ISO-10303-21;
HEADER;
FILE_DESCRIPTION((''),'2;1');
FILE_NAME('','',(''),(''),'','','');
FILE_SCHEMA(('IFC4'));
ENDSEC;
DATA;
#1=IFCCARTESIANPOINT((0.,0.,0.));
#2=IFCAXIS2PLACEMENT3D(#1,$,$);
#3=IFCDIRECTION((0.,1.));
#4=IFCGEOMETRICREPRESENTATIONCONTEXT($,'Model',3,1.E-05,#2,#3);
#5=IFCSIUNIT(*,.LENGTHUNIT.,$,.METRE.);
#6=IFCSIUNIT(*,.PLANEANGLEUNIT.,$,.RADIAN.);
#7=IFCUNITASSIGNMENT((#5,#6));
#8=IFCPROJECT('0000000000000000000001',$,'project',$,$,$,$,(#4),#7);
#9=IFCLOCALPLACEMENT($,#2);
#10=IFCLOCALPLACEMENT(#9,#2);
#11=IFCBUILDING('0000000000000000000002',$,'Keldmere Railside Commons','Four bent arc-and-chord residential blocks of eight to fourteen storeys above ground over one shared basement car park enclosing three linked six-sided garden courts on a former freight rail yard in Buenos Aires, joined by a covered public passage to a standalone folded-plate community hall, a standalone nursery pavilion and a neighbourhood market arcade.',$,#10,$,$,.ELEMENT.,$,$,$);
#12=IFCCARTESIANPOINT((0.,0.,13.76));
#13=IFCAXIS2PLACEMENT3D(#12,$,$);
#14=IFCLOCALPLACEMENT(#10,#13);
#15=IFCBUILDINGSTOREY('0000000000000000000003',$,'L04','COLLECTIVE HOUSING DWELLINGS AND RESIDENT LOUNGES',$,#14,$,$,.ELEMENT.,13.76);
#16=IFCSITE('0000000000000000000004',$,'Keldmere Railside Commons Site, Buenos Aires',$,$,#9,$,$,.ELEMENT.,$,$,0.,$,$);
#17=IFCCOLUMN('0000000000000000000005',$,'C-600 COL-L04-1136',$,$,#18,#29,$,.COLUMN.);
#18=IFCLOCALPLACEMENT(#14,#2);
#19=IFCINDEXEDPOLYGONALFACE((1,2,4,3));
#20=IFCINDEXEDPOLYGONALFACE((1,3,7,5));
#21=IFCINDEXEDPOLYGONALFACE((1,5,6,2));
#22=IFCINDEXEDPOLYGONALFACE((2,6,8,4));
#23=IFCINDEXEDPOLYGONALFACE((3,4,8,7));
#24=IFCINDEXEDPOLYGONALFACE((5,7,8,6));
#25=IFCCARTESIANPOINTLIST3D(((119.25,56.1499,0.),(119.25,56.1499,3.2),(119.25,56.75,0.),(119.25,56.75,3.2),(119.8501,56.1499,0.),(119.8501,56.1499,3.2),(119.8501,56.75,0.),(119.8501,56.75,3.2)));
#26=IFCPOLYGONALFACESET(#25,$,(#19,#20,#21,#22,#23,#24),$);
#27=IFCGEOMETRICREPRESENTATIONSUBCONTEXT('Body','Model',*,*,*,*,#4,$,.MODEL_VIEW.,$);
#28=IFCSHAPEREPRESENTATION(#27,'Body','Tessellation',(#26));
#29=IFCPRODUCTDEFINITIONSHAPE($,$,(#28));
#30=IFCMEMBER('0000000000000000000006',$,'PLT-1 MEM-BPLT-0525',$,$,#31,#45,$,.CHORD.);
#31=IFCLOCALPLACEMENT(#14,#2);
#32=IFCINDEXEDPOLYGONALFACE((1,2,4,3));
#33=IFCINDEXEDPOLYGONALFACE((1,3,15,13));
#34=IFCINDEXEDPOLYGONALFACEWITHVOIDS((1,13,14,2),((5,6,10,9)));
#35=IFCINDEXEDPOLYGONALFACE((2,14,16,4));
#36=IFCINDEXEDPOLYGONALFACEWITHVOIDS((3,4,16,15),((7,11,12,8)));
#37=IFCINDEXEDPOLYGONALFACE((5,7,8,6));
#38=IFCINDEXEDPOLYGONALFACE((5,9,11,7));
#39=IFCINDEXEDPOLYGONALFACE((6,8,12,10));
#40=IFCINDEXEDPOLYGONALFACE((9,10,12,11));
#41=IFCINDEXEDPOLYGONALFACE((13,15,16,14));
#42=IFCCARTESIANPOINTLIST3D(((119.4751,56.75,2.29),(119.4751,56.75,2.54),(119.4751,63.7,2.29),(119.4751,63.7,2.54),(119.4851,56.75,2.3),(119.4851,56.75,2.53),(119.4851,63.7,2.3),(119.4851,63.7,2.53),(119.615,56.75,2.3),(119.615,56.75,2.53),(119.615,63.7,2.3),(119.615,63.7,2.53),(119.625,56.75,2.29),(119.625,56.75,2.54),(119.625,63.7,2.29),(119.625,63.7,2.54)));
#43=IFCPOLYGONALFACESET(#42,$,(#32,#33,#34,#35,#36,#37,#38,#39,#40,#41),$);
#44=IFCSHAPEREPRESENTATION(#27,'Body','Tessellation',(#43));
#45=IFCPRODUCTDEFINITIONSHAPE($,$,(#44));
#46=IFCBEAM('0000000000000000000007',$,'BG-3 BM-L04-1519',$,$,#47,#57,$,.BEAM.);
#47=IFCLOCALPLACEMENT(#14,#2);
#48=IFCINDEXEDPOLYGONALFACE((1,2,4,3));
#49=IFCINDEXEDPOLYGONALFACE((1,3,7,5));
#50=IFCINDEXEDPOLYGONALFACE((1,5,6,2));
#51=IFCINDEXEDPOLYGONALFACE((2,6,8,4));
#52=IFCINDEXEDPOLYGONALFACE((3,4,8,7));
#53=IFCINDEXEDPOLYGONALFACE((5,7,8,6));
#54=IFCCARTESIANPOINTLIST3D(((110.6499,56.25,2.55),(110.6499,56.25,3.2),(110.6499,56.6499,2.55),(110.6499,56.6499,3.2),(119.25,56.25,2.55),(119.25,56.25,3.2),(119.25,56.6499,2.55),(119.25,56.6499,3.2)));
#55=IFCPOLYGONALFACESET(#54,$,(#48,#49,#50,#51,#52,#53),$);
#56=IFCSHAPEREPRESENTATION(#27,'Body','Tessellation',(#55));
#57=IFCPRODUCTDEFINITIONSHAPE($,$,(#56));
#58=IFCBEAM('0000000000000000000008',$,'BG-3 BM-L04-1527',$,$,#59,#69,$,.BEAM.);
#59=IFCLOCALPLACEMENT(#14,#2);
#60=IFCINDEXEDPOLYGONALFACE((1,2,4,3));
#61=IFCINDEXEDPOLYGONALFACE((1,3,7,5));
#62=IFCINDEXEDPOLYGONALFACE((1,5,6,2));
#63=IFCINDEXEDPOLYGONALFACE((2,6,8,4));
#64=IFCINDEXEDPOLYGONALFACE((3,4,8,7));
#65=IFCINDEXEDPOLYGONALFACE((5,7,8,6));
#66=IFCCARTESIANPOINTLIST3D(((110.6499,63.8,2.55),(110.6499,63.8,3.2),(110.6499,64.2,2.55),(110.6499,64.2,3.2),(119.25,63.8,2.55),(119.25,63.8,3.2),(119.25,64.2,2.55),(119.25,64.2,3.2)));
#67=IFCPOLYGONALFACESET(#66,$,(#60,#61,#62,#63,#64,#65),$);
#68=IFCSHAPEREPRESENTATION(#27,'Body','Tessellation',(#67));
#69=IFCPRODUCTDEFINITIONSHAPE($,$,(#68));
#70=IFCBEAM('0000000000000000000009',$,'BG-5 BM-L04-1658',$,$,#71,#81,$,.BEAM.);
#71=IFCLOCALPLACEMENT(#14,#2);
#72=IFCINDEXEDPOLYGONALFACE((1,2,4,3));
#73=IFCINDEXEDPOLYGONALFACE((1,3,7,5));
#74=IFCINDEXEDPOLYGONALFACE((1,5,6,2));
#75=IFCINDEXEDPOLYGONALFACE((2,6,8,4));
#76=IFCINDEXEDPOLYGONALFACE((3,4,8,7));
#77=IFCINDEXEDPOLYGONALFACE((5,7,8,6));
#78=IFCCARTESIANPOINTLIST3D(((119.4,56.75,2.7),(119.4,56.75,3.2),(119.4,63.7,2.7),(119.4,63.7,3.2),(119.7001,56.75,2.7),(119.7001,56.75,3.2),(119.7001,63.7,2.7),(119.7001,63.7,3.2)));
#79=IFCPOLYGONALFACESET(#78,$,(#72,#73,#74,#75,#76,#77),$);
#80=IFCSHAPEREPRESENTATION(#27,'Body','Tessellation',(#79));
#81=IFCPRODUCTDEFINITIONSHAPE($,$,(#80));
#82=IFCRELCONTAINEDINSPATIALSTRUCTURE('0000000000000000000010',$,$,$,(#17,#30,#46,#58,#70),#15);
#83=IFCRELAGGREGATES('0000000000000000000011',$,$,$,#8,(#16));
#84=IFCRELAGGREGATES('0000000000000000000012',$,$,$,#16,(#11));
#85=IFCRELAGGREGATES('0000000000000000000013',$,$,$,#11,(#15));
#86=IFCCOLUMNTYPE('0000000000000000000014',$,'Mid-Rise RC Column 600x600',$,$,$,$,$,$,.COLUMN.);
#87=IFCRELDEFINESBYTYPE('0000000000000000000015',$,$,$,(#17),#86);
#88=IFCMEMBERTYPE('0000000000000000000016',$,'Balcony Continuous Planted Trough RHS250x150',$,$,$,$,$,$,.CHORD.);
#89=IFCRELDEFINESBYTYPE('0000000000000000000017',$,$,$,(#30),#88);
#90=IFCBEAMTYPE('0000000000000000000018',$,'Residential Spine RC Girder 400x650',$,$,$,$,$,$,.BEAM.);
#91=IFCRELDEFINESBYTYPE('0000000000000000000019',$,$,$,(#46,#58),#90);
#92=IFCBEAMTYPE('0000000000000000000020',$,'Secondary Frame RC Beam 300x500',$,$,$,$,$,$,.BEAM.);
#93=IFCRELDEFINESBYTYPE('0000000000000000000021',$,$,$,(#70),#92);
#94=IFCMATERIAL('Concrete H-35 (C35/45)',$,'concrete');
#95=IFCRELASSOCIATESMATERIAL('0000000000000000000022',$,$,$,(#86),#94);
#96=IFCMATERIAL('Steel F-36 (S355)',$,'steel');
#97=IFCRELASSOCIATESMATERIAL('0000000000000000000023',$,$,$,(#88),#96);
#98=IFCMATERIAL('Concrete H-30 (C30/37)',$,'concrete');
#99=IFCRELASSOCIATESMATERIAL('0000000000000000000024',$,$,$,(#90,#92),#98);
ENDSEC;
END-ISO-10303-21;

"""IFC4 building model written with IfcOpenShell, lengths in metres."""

from ifc_helpers import new_model, si_unit, direction, frame, origin, origin_2d, place, context, subcontext, project, spatial, rectangle, hollow_rectangle, extrude, material, material_profile, profile_set, type_object, element, save


model = new_model("IFC4")

# Units and contexts
model_context = context("Model", 3, precision=1e-05, world=origin(), true_north=direction((0.0, 1.0)))
body_context = subcontext(model_context, "Body", "Model", "MODEL_VIEW")
ifc_project = project(units=[si_unit("LENGTHUNIT", "METRE"), si_unit("PLANEANGLEUNIT", "RADIAN")], contexts=[model_context])

# Site, building, storey
site_placement = place(None, origin())
site = spatial("IfcSite", under=ifc_project, at=site_placement, Name="Keldmere Railside Commons Site, Buenos Aires", CompositionType="ELEMENT", RefElevation=0.0)
building_placement = place(site_placement, origin())
building = spatial("IfcBuilding", under=site, at=building_placement, Name="Keldmere Railside Commons", Description="Four bent arc-and-chord residential blocks of eight to fourteen storeys above ground over one shared basement car park enclosing three linked six-sided garden courts on a former freight rail yard in Buenos Aires, joined by a covered public passage to a standalone folded-plate community hall, a standalone nursery pavilion and a neighbourhood market arcade.", CompositionType="ELEMENT")
storey_placement = place(building_placement, frame((0.0, 0.0, 13.76)))
storey = spatial("IfcBuildingStorey", under=building, at=storey_placement, Name="L04", Description="COLLECTIVE HOUSING DWELLINGS AND RESIDENT LOUNGES", CompositionType="ELEMENT", Elevation=13.76)

# Column
ifc_material_1 = material(Name="Concrete H-35 (C35/45)", Category="concrete")
ifc_material_profile_1 = material_profile(ifc_material_1, rectangle(XDim=0.6001, YDim=0.6001, at=origin_2d()), Name="RC-600x600")
ifc_profile_set_1 = profile_set([ifc_material_profile_1], Name="Concrete H-35 (C35/45)")
column_type = type_object("IfcColumnType", Name="Mid-Rise RC Column 600x600", PredefinedType="COLUMN", material=ifc_profile_set_1)
column_placement = place(storey_placement, frame((119.55, 56.45, 0.0), z_axis=(0.0, 0.0, 1.0), x_axis=(1.0, 0.0, 0.0)))
element("IfcColumn", 1, at=column_placement, inside=storey, type_object=column_type, Name="C-600 COL-L04-1136", PredefinedType="COLUMN", context=body_context, shape_type="SweptSolid", body=[
    extrude(rectangle(XDim=0.6001, YDim=0.6001, at=origin_2d()), origin(), (0.0, 0.0, 1.0), 3.2),
])

# Member
ifc_material_2 = material(Name="Steel F-36 (S355)", Category="steel")
ifc_material_profile_2 = material_profile(ifc_material_2, hollow_rectangle(XDim=0.1499, YDim=0.25, WallThickness=0.01, at=origin_2d()), Name="RHS-250x150x10")
ifc_profile_set_2 = profile_set([ifc_material_profile_2], Name="Steel F-36 (S355)")
member_type = type_object("IfcMemberType", Name="Balcony Continuous Planted Trough RHS250x150", PredefinedType="CHORD", material=ifc_profile_set_2)
member_placement = place(storey_placement, frame((119.55, 56.75, 2.415), z_axis=(0.0, 1.0, 0.0), x_axis=(-1.0, 0.0, 0.0)))
element("IfcMember", 2, at=member_placement, inside=storey, type_object=member_type, Name="PLT-1 MEM-BPLT-0525", PredefinedType="CHORD", context=body_context, shape_type="SweptSolid", body=[
    extrude(hollow_rectangle(XDim=0.1499, YDim=0.25, WallThickness=0.01, at=origin_2d()), origin(), (0.0, 0.0, 1.0), 6.95),
])

# Beams
ifc_material_3 = material(Name="Concrete H-30 (C30/37)", Category="concrete")
ifc_material_profile_3 = material_profile(ifc_material_3, rectangle(XDim=0.3999, YDim=0.6499, at=origin_2d()), Name="RC-400x650")
ifc_profile_set_3 = profile_set([ifc_material_profile_3], Name="Concrete H-30 (C30/37)")
beam_type_1 = type_object("IfcBeamType", Name="Residential Spine RC Girder 400x650", PredefinedType="BEAM", material=ifc_profile_set_3)
for number, where, z_axis, x_axis, name in (
    (3, (110.6499, 56.45, 2.875), (1.0, 0.0, 0.0), (0.0, 1.0, 0.0), "BG-3 BM-L04-1519"),
    (4, (110.6499, 64.0, 2.875), (1.0, 0.0, 0.0), (0.0, 1.0, 0.0), "BG-3 BM-L04-1527"),
):
    element("IfcBeam", number, at=place(storey_placement, frame(where, z_axis=z_axis, x_axis=x_axis)), inside=storey, type_object=beam_type_1, Name=name, PredefinedType="BEAM", context=body_context, shape_type="SweptSolid", body=[
        extrude(rectangle(XDim=0.3999, YDim=0.6499, at=origin_2d()), origin(), (0.0, 0.0, 1.0), 8.6001),
    ])
ifc_material_profile_4 = material_profile(ifc_material_3, rectangle(XDim=0.3, YDim=0.5, at=origin_2d()), Name="RC-300x500")
ifc_profile_set_4 = profile_set([ifc_material_profile_4], Name="Concrete H-30 (C30/37)")
beam_type_2 = type_object("IfcBeamType", Name="Secondary Frame RC Beam 300x500", PredefinedType="BEAM", material=ifc_profile_set_4)
beam_placement = place(storey_placement, frame((119.55, 56.75, 2.95), z_axis=(0.0, 1.0, 0.0), x_axis=(-1.0, 0.0, 0.0)))
element("IfcBeam", 5, at=beam_placement, inside=storey, type_object=beam_type_2, Name="BG-5 BM-L04-1658", PredefinedType="BEAM", context=body_context, shape_type="SweptSolid", body=[
    extrude(rectangle(XDim=0.3, YDim=0.5, at=origin_2d()), origin(), (0.0, 0.0, 1.0), 6.95),
])

save(model, "model.ifc")
